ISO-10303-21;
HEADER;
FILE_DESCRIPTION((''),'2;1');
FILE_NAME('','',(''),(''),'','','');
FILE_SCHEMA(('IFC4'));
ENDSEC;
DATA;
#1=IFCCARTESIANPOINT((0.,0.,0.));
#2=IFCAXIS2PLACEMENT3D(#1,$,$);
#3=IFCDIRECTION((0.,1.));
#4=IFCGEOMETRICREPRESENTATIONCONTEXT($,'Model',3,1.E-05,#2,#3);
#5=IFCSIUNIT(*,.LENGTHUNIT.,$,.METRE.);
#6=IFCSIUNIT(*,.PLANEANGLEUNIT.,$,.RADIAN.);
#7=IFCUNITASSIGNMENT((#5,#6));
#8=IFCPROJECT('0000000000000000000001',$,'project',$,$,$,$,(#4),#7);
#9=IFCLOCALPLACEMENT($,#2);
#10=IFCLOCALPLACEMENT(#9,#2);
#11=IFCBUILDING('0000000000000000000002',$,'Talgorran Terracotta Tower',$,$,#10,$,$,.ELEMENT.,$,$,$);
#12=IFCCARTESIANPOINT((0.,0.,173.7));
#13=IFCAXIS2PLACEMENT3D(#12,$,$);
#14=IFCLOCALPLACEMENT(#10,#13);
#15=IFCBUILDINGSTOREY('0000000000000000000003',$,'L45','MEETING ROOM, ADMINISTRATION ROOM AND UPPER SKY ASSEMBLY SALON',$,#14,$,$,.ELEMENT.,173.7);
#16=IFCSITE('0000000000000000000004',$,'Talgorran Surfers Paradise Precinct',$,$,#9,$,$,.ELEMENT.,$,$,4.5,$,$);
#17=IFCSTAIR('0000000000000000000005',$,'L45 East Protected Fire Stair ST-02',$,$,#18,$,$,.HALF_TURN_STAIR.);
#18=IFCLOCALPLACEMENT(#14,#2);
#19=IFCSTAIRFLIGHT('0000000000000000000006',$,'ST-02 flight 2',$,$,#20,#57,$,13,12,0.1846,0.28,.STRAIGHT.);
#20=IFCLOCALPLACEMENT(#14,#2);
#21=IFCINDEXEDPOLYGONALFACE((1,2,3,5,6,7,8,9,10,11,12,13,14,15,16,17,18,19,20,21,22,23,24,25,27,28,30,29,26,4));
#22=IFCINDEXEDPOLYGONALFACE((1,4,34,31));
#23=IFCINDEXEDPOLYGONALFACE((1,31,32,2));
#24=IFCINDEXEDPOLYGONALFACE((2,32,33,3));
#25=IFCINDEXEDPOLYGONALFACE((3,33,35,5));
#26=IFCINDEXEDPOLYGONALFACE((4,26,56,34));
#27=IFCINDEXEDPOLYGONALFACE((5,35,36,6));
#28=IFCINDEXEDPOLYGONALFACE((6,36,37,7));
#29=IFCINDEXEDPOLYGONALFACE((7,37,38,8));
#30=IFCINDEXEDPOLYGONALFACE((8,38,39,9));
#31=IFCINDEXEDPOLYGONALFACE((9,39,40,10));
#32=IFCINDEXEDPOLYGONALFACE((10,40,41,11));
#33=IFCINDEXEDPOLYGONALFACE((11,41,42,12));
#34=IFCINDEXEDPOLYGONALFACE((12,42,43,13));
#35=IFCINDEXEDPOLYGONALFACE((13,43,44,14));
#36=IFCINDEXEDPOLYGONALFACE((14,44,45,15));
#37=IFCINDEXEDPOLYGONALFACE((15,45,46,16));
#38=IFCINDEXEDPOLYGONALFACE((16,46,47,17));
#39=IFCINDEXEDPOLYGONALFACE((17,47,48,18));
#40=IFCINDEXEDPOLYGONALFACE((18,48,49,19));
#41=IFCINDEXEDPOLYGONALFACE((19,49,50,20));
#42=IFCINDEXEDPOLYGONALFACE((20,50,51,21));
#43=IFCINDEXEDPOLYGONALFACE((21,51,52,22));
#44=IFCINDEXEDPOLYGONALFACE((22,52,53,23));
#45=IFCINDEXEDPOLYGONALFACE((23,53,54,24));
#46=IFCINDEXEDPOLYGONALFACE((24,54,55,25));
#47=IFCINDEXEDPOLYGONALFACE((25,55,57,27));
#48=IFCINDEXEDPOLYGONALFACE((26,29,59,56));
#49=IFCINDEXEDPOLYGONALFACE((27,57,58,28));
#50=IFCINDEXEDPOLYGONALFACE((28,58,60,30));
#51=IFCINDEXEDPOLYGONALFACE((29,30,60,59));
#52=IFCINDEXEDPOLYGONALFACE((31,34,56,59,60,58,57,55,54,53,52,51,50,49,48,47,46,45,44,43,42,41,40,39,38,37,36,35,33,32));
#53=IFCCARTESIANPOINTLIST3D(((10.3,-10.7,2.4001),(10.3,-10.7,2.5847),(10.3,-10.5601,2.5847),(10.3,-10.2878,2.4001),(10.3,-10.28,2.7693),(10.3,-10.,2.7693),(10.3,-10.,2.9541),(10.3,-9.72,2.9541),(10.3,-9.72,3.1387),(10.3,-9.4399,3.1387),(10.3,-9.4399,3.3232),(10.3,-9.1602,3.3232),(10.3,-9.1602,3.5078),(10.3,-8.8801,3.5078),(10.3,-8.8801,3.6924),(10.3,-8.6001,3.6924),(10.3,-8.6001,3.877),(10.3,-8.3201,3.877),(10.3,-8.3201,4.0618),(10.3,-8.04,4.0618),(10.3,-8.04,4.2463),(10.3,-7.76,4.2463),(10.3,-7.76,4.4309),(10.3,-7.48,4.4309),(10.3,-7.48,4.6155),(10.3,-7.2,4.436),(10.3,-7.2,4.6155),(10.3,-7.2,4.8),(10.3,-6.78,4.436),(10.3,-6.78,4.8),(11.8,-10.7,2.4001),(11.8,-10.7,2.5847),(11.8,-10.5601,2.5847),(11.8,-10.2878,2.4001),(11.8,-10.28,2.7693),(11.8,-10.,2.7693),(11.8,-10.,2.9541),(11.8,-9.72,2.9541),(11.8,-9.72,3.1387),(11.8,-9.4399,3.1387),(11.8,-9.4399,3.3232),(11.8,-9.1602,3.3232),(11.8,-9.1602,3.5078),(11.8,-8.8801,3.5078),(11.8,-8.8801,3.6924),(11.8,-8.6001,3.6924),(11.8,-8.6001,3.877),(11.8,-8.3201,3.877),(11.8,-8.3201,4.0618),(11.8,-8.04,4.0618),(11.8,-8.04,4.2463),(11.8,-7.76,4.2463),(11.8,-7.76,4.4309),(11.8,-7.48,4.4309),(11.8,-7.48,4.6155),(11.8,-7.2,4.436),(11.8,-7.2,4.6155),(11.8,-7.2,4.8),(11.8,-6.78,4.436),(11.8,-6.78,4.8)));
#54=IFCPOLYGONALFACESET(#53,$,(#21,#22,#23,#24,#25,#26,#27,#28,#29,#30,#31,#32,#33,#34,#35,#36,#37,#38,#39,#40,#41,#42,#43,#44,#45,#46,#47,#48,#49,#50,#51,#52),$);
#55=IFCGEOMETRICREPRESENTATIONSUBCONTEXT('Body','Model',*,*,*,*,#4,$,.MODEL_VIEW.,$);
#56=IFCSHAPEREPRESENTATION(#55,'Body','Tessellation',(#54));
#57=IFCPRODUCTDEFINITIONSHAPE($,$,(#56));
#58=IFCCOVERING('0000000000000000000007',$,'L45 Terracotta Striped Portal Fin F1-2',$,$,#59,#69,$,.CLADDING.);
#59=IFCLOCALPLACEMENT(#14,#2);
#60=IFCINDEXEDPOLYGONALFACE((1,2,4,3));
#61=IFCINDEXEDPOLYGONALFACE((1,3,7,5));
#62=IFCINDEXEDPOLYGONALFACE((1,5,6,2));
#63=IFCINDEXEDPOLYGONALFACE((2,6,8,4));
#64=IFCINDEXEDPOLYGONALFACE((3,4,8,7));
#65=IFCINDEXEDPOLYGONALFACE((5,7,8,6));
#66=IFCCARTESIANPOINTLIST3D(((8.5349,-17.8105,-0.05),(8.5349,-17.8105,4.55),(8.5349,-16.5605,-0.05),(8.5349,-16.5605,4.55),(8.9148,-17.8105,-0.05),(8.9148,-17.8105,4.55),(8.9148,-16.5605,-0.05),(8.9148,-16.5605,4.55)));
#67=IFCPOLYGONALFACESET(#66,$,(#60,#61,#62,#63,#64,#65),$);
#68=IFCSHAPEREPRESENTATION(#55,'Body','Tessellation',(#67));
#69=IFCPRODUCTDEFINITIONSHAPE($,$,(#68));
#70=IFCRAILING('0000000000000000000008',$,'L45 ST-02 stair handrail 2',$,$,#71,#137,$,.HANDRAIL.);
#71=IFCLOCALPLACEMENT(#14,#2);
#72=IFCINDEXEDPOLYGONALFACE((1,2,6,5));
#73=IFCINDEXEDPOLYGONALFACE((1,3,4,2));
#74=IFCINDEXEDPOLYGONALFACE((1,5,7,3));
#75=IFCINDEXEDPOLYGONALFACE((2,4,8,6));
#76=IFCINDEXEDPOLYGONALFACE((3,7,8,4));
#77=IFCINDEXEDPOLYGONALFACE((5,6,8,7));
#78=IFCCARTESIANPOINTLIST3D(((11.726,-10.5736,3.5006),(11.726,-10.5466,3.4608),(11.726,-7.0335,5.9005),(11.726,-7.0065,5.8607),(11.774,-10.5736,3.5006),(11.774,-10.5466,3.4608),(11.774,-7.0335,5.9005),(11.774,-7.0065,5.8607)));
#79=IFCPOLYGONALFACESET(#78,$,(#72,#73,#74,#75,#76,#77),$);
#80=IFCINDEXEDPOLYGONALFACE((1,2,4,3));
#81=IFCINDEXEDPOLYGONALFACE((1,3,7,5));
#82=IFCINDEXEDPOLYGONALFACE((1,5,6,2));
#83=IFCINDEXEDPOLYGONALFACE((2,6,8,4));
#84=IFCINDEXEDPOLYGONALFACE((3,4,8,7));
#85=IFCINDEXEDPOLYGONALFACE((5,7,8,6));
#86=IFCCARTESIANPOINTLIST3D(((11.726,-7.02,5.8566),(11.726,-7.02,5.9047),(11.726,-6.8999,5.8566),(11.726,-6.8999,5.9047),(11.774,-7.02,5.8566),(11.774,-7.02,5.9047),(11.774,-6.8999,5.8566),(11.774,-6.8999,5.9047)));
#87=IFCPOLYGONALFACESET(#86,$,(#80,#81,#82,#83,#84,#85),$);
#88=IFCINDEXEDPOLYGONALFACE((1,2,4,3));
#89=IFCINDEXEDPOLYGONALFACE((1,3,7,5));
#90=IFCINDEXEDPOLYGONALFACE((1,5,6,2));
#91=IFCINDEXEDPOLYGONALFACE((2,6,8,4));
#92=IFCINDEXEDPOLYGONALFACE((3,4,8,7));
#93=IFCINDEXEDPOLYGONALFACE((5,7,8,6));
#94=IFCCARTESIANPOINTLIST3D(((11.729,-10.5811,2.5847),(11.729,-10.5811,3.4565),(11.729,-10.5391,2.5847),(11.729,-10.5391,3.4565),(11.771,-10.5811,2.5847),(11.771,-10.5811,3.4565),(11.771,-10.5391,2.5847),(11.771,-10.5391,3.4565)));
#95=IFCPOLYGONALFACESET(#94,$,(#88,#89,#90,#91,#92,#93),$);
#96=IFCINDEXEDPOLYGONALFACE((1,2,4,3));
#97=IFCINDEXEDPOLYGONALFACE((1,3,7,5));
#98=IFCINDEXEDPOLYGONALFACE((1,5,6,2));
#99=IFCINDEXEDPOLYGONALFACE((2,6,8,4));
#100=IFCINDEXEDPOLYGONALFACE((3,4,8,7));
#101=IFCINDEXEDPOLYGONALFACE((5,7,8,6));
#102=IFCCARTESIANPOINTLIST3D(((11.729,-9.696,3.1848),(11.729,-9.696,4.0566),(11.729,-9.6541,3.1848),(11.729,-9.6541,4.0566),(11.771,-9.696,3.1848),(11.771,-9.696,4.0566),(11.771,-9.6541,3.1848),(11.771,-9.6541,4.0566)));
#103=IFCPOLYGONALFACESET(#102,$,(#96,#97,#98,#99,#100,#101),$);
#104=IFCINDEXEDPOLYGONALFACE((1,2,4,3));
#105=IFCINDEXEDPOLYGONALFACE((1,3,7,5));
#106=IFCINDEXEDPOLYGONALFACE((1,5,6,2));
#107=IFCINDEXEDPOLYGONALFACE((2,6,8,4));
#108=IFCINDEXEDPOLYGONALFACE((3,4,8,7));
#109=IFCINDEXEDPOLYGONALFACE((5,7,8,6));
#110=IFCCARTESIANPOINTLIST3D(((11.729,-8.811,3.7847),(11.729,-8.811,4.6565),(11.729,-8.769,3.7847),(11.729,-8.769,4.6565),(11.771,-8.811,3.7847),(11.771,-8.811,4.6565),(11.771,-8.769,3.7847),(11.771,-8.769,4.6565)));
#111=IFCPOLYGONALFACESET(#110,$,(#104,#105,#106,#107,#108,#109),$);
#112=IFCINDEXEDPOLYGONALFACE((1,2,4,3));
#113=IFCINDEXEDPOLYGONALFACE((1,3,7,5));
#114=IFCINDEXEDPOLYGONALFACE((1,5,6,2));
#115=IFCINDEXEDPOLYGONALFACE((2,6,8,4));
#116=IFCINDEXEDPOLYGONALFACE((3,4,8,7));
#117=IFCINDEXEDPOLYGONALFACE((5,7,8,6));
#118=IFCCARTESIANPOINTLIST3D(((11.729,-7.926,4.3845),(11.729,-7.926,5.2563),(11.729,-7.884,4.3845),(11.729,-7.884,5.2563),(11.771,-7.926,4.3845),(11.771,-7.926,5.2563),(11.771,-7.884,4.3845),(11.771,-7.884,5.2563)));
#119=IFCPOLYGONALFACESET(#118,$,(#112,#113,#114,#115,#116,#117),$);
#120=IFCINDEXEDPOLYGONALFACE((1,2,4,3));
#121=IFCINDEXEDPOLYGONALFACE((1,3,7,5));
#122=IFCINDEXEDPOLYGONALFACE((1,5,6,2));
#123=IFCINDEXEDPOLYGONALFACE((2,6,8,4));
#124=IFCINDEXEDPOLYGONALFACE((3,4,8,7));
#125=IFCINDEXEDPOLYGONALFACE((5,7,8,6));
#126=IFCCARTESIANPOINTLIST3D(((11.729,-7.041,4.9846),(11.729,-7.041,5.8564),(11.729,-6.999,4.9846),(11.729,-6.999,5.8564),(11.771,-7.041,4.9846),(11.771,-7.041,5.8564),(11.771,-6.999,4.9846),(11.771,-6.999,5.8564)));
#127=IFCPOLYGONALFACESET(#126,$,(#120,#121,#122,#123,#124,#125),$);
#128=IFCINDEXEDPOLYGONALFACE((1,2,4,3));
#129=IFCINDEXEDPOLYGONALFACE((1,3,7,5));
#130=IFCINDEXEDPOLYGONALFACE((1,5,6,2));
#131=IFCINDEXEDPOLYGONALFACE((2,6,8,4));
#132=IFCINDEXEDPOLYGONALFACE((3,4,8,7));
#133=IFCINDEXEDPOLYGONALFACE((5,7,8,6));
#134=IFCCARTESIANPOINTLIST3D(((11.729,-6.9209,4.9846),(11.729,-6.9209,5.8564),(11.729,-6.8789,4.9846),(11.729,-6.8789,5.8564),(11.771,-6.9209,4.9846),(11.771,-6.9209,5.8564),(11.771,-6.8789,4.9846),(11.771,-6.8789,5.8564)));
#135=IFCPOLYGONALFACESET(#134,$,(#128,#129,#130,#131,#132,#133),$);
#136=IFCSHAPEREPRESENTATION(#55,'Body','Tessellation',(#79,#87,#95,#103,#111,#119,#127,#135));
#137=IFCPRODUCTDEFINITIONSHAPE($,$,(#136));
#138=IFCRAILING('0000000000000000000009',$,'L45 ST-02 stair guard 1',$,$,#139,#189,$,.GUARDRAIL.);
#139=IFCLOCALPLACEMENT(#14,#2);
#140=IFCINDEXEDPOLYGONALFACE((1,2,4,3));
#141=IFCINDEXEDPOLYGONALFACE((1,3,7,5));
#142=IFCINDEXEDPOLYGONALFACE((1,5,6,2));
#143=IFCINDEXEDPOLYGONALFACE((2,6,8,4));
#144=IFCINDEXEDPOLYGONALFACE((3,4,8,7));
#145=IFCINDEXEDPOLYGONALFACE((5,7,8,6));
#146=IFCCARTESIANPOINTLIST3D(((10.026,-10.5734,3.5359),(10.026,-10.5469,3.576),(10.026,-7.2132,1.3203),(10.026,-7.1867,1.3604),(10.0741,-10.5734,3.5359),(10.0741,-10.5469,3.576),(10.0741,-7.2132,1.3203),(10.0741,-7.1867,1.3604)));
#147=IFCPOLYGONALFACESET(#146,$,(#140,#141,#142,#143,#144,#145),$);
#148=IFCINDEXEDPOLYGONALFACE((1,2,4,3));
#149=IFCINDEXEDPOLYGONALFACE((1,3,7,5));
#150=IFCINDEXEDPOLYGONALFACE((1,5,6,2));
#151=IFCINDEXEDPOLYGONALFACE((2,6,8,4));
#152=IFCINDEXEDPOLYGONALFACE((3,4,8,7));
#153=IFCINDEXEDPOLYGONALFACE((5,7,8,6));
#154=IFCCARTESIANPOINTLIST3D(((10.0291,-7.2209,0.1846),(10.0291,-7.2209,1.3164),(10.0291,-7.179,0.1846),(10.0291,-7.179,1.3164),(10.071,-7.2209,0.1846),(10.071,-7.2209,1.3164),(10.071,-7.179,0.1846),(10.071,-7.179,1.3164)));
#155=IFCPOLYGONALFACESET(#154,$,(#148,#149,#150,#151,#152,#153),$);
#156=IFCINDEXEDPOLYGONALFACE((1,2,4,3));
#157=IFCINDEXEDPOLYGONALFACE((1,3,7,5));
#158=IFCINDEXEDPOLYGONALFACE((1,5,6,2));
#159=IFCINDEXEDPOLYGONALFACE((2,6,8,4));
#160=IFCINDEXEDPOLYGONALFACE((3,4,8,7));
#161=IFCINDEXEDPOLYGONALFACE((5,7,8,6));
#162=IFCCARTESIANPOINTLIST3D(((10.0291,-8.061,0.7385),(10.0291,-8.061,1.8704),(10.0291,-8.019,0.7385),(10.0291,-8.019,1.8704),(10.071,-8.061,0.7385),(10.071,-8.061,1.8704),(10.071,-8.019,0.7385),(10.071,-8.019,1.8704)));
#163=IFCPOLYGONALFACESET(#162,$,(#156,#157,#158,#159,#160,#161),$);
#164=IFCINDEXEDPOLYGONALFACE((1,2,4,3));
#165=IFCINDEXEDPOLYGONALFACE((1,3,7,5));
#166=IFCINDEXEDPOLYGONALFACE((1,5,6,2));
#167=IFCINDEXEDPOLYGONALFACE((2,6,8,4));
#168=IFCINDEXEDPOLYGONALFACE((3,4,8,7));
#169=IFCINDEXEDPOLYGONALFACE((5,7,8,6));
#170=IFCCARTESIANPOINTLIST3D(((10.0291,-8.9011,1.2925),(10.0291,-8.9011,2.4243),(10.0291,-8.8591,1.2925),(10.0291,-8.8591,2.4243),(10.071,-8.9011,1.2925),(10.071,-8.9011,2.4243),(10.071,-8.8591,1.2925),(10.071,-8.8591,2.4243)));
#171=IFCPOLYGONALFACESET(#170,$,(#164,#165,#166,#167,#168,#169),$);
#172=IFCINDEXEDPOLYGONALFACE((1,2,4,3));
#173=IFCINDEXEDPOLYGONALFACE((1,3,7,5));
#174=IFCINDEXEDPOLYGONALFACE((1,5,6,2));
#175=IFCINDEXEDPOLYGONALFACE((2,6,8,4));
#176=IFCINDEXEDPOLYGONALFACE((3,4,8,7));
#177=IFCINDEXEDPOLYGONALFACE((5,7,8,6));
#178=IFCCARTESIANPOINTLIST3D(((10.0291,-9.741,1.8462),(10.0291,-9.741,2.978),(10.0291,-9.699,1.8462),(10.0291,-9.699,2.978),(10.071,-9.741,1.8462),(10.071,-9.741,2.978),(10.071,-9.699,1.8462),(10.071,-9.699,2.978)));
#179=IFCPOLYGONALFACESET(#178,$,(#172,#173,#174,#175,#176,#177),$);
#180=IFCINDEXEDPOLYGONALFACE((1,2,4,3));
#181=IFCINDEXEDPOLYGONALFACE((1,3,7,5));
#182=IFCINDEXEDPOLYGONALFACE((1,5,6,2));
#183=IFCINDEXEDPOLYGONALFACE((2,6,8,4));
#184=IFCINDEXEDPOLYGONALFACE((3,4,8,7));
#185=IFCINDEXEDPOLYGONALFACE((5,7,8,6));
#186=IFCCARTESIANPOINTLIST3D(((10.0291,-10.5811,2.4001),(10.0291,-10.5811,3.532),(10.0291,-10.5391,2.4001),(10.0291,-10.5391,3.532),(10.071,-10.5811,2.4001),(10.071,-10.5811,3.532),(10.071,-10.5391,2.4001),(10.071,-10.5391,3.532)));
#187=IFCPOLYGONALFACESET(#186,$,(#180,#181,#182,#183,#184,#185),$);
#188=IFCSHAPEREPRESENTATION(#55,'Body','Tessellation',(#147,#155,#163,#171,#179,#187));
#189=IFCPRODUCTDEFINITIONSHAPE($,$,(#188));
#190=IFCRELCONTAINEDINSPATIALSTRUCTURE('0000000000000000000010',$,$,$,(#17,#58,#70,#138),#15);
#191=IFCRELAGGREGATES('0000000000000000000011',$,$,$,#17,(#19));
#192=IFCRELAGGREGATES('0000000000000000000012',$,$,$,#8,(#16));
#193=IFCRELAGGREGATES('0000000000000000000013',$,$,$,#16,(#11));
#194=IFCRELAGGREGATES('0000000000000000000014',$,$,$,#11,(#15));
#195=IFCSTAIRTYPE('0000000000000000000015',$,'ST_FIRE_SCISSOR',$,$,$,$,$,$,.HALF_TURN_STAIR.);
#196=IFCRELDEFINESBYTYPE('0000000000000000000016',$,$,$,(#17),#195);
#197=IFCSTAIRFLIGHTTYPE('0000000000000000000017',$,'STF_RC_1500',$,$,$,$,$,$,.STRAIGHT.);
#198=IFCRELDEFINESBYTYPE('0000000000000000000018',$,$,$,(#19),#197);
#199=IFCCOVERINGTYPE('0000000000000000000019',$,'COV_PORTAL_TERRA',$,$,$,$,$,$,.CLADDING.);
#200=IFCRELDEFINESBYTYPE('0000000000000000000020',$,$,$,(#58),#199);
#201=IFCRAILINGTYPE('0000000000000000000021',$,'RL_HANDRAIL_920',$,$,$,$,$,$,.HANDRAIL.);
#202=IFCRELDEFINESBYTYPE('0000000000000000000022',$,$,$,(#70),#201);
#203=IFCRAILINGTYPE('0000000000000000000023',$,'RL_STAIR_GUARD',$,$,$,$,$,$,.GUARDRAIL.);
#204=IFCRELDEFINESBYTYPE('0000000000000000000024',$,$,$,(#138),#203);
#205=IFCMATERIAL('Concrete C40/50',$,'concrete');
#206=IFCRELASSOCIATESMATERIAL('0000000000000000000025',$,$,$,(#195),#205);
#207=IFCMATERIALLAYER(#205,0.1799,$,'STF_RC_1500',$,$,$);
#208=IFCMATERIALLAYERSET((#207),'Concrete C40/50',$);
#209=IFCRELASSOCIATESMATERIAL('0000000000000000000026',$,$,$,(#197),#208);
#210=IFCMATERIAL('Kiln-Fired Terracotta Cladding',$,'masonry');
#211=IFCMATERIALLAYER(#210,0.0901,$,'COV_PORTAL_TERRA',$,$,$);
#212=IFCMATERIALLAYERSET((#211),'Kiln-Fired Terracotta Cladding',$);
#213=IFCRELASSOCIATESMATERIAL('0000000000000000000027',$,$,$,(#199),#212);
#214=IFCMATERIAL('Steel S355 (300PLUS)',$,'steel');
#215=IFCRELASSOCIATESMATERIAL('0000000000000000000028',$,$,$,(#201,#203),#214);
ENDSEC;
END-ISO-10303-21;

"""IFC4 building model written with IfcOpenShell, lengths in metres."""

from ifc_helpers import new_model, si_unit, direction, frame, origin, origin_2d, place, context, subcontext, project, spatial, polyline, rectangle, outline, extrude, material, layer, layer_set, type_object, element, aggregate, save


model = new_model("IFC4")

# Units and contexts
model_context = context("Model", 3, precision=1e-05, world=origin(), true_north=direction((0.0, 1.0)))
body_context = subcontext(model_context, "Body", "Model", "MODEL_VIEW")
ifc_project = project(units=[si_unit("LENGTHUNIT", "METRE"), si_unit("PLANEANGLEUNIT", "RADIAN")], contexts=[model_context])

# Site, building, storey
site_placement = place(None, origin())
site = spatial("IfcSite", under=ifc_project, at=site_placement, Name="Talgorran Surfers Paradise Precinct", CompositionType="ELEMENT", RefElevation=4.5)
building_placement = place(site_placement, origin())
building = spatial("IfcBuilding", under=site, at=building_placement, Name="Talgorran Terracotta Tower", CompositionType="ELEMENT")
storey_placement = place(building_placement, frame((0.0, 0.0, 173.7)))
storey = spatial("IfcBuildingStorey", under=building, at=storey_placement, Name="L45", Description="MEETING ROOM, ADMINISTRATION ROOM AND UPPER SKY ASSEMBLY SALON", CompositionType="ELEMENT", Elevation=173.7)

# Shared definitions
ifc_material_1 = material(Name="Steel S355 (300PLUS)", Category="steel")

# Stair, stair flight
ifc_material_2 = material(Name="Concrete C40/50", Category="concrete")
stair_type = type_object("IfcStairType", Name="ST_FIRE_SCISSOR", PredefinedType="HALF_TURN_STAIR", material=ifc_material_2)
stair_placement = place(storey_placement, origin())
stair = element("IfcStair", 1, at=stair_placement, inside=storey, type_object=stair_type, Name="L45 East Protected Fire Stair ST-02", PredefinedType="HALF_TURN_STAIR")
ifc_layer_1 = layer(ifc_material_2, 0.1799, Name="STF_RC_1500")
ifc_layer_set_1 = layer_set([ifc_layer_1], Name="Concrete C40/50")
stair_flight_type = type_object("IfcStairFlightType", Name="STF_RC_1500", PredefinedType="STRAIGHT", material=ifc_layer_set_1)
stair_flight_1_placement = place(storey_placement, frame((11.05, -10.5601, 2.4001), z_axis=(0.0, 0.0, 1.0), x_axis=(0.0, 1.0, 0.0)))
stair_flight_1 = element("IfcStairFlight", 2, at=stair_flight_1_placement, type_object=stair_flight_type, Name="ST-02 flight 2", NumberOfRisers=13, NumberOfTreads=12, PredefinedType="STRAIGHT", RiserHeight=0.1846, TreadLength=0.28, context=body_context, shape_type="SweptSolid", body=[
    extrude(outline(polyline([(-0.1399, 0.0), (-0.1399, 0.1846), (0.0, 0.1846), (0.28, 0.3691), (0.5601, 0.3691), (0.5601, 0.554), (0.8401, 0.554), (0.8401, 0.7385), (1.1201, 0.7385), (1.1201, 0.9231), (1.3999, 0.9231), (1.3999, 1.1077), (1.6799, 1.1077), (1.6799, 1.2922), (1.96, 1.2922), (1.96, 1.4768), (2.24, 1.4768), (2.24, 1.6616), (2.52, 1.6616), (2.52, 1.8462), (2.8, 1.8462), (2.8, 2.0308), (3.0801, 2.0308), (3.0801, 2.2153), (3.3601, 2.2153), (3.3601, 2.3999), (3.78, 2.3999), (3.78, 2.0359), (3.3601, 2.0359), (0.2722, 0.0), (-0.1399, 0.0)])), frame((0.0, 0.75, 0.0), z_axis=(0.0, -1.0, 0.0), x_axis=(1.0, 0.0, 0.0)), (0.0, 0.0, 1.0), 1.5),
])
aggregate(stair, [stair_flight_1])

# Covering
ifc_material_3 = material(Name="Kiln-Fired Terracotta Cladding", Category="masonry")
ifc_layer_2 = layer(ifc_material_3, 0.0901, Name="COV_PORTAL_TERRA")
ifc_layer_set_2 = layer_set([ifc_layer_2], Name="Kiln-Fired Terracotta Cladding")
covering_type = type_object("IfcCoveringType", Name="COV_PORTAL_TERRA", PredefinedType="CLADDING", material=ifc_layer_set_2)
covering_placement = place(storey_placement, frame((8.7249, -17.1855, -0.05), z_axis=(0.0, 0.0, 1.0), x_axis=(1.0, 0.0, 0.0)))
element("IfcCovering", 3, at=covering_placement, inside=storey, type_object=covering_type, Name="L45 Terracotta Striped Portal Fin F1-2", PredefinedType="CLADDING", context=body_context, shape_type="SweptSolid", body=[
    extrude(rectangle(XDim=0.3799, YDim=1.25, at=origin_2d()), origin(), (0.0, 0.0, 1.0), 4.6001),
])

# Railings
railing_type_1 = type_object("IfcRailingType", Name="RL_HANDRAIL_920", PredefinedType="HANDRAIL", material=ifc_material_1)
railing_1_placement = place(storey_placement, frame((11.75, -10.5601, 2.5847)))
element("IfcRailing", 4, at=railing_1_placement, inside=storey, type_object=railing_type_1, Name="L45 ST-02 stair handrail 2", PredefinedType="HANDRAIL", context=body_context, shape_type="SweptSolid", body=[
    extrude(rectangle(XDim=0.0481, YDim=0.0481, at=origin_2d()), frame((0.0, 0.0, 0.896), z_axis=(0.0, 0.827722, 0.561138), x_axis=(-1.0, 0.0, 0.0)), (0.0, 0.0, 1.0), 4.2769),
    extrude(rectangle(XDim=0.0481, YDim=0.0481, at=origin_2d()), frame((0.0, 3.54, 3.2959), z_axis=(0.0, 1.0, 0.0), x_axis=(-1.0, 0.0, 0.0)), (0.0, 0.0, 1.0), 0.1201),
    extrude(rectangle(XDim=0.042, YDim=0.042, at=origin_2d()), origin(), (0.0, 0.0, 1.0), 0.8718),
    extrude(rectangle(XDim=0.042, YDim=0.042, at=origin_2d()), frame((0.0, 0.885, 0.6001)), (0.0, 0.0, 1.0), 0.8718),
    extrude(rectangle(XDim=0.042, YDim=0.042, at=origin_2d()), frame((0.0, 1.77, 1.2)), (0.0, 0.0, 1.0), 0.8718),
    extrude(rectangle(XDim=0.042, YDim=0.042, at=origin_2d()), frame((0.0, 2.655, 1.7998)), (0.0, 0.0, 1.0), 0.8718),
    extrude(rectangle(XDim=0.042, YDim=0.042, at=origin_2d()), frame((0.0, 3.54, 2.3999)), (0.0, 0.0, 1.0), 0.8718),
    extrude(rectangle(XDim=0.042, YDim=0.042, at=origin_2d()), frame((0.0, 3.6602, 2.3999)), (0.0, 0.0, 1.0), 0.8718),
])
railing_type_2 = type_object("IfcRailingType", Name="RL_STAIR_GUARD", PredefinedType="GUARDRAIL", material=ifc_material_1)
railing_2_placement = place(storey_placement, frame((10.05, -7.2, 0.1846)))
element("IfcRailing", 5, at=railing_2_placement, inside=storey, type_object=railing_type_2, Name="L45 ST-02 stair guard 1", PredefinedType="GUARDRAIL", context=body_context, shape_type="SweptSolid", body=[
    extrude(rectangle(XDim=0.0481, YDim=0.0481, at=origin_2d()), frame((0.0, 0.0, 1.1558), z_axis=(0.0, -0.834849, 0.55048), x_axis=(1.0, 0.0, 0.0)), (0.0, 0.0, 1.0), 4.0249),
    extrude(rectangle(XDim=0.042, YDim=0.042, at=origin_2d()), origin(), (0.0, 0.0, 1.0), 1.1318),
    extrude(rectangle(XDim=0.042, YDim=0.042, at=origin_2d()), frame((0.0, -0.8401, 0.554)), (0.0, 0.0, 1.0), 1.1318),
    extrude(rectangle(XDim=0.042, YDim=0.042, at=origin_2d()), frame((0.0, -1.6802, 1.1079)), (0.0, 0.0, 1.0), 1.1318),
    extrude(rectangle(XDim=0.042, YDim=0.042, at=origin_2d()), frame((0.0, -2.52, 1.6616)), (0.0, 0.0, 1.0), 1.1318),
    extrude(rectangle(XDim=0.042, YDim=0.042, at=origin_2d()), frame((0.0, -3.3601, 2.2156)), (0.0, 0.0, 1.0), 1.1318),
])

save(model, "model.ifc")
